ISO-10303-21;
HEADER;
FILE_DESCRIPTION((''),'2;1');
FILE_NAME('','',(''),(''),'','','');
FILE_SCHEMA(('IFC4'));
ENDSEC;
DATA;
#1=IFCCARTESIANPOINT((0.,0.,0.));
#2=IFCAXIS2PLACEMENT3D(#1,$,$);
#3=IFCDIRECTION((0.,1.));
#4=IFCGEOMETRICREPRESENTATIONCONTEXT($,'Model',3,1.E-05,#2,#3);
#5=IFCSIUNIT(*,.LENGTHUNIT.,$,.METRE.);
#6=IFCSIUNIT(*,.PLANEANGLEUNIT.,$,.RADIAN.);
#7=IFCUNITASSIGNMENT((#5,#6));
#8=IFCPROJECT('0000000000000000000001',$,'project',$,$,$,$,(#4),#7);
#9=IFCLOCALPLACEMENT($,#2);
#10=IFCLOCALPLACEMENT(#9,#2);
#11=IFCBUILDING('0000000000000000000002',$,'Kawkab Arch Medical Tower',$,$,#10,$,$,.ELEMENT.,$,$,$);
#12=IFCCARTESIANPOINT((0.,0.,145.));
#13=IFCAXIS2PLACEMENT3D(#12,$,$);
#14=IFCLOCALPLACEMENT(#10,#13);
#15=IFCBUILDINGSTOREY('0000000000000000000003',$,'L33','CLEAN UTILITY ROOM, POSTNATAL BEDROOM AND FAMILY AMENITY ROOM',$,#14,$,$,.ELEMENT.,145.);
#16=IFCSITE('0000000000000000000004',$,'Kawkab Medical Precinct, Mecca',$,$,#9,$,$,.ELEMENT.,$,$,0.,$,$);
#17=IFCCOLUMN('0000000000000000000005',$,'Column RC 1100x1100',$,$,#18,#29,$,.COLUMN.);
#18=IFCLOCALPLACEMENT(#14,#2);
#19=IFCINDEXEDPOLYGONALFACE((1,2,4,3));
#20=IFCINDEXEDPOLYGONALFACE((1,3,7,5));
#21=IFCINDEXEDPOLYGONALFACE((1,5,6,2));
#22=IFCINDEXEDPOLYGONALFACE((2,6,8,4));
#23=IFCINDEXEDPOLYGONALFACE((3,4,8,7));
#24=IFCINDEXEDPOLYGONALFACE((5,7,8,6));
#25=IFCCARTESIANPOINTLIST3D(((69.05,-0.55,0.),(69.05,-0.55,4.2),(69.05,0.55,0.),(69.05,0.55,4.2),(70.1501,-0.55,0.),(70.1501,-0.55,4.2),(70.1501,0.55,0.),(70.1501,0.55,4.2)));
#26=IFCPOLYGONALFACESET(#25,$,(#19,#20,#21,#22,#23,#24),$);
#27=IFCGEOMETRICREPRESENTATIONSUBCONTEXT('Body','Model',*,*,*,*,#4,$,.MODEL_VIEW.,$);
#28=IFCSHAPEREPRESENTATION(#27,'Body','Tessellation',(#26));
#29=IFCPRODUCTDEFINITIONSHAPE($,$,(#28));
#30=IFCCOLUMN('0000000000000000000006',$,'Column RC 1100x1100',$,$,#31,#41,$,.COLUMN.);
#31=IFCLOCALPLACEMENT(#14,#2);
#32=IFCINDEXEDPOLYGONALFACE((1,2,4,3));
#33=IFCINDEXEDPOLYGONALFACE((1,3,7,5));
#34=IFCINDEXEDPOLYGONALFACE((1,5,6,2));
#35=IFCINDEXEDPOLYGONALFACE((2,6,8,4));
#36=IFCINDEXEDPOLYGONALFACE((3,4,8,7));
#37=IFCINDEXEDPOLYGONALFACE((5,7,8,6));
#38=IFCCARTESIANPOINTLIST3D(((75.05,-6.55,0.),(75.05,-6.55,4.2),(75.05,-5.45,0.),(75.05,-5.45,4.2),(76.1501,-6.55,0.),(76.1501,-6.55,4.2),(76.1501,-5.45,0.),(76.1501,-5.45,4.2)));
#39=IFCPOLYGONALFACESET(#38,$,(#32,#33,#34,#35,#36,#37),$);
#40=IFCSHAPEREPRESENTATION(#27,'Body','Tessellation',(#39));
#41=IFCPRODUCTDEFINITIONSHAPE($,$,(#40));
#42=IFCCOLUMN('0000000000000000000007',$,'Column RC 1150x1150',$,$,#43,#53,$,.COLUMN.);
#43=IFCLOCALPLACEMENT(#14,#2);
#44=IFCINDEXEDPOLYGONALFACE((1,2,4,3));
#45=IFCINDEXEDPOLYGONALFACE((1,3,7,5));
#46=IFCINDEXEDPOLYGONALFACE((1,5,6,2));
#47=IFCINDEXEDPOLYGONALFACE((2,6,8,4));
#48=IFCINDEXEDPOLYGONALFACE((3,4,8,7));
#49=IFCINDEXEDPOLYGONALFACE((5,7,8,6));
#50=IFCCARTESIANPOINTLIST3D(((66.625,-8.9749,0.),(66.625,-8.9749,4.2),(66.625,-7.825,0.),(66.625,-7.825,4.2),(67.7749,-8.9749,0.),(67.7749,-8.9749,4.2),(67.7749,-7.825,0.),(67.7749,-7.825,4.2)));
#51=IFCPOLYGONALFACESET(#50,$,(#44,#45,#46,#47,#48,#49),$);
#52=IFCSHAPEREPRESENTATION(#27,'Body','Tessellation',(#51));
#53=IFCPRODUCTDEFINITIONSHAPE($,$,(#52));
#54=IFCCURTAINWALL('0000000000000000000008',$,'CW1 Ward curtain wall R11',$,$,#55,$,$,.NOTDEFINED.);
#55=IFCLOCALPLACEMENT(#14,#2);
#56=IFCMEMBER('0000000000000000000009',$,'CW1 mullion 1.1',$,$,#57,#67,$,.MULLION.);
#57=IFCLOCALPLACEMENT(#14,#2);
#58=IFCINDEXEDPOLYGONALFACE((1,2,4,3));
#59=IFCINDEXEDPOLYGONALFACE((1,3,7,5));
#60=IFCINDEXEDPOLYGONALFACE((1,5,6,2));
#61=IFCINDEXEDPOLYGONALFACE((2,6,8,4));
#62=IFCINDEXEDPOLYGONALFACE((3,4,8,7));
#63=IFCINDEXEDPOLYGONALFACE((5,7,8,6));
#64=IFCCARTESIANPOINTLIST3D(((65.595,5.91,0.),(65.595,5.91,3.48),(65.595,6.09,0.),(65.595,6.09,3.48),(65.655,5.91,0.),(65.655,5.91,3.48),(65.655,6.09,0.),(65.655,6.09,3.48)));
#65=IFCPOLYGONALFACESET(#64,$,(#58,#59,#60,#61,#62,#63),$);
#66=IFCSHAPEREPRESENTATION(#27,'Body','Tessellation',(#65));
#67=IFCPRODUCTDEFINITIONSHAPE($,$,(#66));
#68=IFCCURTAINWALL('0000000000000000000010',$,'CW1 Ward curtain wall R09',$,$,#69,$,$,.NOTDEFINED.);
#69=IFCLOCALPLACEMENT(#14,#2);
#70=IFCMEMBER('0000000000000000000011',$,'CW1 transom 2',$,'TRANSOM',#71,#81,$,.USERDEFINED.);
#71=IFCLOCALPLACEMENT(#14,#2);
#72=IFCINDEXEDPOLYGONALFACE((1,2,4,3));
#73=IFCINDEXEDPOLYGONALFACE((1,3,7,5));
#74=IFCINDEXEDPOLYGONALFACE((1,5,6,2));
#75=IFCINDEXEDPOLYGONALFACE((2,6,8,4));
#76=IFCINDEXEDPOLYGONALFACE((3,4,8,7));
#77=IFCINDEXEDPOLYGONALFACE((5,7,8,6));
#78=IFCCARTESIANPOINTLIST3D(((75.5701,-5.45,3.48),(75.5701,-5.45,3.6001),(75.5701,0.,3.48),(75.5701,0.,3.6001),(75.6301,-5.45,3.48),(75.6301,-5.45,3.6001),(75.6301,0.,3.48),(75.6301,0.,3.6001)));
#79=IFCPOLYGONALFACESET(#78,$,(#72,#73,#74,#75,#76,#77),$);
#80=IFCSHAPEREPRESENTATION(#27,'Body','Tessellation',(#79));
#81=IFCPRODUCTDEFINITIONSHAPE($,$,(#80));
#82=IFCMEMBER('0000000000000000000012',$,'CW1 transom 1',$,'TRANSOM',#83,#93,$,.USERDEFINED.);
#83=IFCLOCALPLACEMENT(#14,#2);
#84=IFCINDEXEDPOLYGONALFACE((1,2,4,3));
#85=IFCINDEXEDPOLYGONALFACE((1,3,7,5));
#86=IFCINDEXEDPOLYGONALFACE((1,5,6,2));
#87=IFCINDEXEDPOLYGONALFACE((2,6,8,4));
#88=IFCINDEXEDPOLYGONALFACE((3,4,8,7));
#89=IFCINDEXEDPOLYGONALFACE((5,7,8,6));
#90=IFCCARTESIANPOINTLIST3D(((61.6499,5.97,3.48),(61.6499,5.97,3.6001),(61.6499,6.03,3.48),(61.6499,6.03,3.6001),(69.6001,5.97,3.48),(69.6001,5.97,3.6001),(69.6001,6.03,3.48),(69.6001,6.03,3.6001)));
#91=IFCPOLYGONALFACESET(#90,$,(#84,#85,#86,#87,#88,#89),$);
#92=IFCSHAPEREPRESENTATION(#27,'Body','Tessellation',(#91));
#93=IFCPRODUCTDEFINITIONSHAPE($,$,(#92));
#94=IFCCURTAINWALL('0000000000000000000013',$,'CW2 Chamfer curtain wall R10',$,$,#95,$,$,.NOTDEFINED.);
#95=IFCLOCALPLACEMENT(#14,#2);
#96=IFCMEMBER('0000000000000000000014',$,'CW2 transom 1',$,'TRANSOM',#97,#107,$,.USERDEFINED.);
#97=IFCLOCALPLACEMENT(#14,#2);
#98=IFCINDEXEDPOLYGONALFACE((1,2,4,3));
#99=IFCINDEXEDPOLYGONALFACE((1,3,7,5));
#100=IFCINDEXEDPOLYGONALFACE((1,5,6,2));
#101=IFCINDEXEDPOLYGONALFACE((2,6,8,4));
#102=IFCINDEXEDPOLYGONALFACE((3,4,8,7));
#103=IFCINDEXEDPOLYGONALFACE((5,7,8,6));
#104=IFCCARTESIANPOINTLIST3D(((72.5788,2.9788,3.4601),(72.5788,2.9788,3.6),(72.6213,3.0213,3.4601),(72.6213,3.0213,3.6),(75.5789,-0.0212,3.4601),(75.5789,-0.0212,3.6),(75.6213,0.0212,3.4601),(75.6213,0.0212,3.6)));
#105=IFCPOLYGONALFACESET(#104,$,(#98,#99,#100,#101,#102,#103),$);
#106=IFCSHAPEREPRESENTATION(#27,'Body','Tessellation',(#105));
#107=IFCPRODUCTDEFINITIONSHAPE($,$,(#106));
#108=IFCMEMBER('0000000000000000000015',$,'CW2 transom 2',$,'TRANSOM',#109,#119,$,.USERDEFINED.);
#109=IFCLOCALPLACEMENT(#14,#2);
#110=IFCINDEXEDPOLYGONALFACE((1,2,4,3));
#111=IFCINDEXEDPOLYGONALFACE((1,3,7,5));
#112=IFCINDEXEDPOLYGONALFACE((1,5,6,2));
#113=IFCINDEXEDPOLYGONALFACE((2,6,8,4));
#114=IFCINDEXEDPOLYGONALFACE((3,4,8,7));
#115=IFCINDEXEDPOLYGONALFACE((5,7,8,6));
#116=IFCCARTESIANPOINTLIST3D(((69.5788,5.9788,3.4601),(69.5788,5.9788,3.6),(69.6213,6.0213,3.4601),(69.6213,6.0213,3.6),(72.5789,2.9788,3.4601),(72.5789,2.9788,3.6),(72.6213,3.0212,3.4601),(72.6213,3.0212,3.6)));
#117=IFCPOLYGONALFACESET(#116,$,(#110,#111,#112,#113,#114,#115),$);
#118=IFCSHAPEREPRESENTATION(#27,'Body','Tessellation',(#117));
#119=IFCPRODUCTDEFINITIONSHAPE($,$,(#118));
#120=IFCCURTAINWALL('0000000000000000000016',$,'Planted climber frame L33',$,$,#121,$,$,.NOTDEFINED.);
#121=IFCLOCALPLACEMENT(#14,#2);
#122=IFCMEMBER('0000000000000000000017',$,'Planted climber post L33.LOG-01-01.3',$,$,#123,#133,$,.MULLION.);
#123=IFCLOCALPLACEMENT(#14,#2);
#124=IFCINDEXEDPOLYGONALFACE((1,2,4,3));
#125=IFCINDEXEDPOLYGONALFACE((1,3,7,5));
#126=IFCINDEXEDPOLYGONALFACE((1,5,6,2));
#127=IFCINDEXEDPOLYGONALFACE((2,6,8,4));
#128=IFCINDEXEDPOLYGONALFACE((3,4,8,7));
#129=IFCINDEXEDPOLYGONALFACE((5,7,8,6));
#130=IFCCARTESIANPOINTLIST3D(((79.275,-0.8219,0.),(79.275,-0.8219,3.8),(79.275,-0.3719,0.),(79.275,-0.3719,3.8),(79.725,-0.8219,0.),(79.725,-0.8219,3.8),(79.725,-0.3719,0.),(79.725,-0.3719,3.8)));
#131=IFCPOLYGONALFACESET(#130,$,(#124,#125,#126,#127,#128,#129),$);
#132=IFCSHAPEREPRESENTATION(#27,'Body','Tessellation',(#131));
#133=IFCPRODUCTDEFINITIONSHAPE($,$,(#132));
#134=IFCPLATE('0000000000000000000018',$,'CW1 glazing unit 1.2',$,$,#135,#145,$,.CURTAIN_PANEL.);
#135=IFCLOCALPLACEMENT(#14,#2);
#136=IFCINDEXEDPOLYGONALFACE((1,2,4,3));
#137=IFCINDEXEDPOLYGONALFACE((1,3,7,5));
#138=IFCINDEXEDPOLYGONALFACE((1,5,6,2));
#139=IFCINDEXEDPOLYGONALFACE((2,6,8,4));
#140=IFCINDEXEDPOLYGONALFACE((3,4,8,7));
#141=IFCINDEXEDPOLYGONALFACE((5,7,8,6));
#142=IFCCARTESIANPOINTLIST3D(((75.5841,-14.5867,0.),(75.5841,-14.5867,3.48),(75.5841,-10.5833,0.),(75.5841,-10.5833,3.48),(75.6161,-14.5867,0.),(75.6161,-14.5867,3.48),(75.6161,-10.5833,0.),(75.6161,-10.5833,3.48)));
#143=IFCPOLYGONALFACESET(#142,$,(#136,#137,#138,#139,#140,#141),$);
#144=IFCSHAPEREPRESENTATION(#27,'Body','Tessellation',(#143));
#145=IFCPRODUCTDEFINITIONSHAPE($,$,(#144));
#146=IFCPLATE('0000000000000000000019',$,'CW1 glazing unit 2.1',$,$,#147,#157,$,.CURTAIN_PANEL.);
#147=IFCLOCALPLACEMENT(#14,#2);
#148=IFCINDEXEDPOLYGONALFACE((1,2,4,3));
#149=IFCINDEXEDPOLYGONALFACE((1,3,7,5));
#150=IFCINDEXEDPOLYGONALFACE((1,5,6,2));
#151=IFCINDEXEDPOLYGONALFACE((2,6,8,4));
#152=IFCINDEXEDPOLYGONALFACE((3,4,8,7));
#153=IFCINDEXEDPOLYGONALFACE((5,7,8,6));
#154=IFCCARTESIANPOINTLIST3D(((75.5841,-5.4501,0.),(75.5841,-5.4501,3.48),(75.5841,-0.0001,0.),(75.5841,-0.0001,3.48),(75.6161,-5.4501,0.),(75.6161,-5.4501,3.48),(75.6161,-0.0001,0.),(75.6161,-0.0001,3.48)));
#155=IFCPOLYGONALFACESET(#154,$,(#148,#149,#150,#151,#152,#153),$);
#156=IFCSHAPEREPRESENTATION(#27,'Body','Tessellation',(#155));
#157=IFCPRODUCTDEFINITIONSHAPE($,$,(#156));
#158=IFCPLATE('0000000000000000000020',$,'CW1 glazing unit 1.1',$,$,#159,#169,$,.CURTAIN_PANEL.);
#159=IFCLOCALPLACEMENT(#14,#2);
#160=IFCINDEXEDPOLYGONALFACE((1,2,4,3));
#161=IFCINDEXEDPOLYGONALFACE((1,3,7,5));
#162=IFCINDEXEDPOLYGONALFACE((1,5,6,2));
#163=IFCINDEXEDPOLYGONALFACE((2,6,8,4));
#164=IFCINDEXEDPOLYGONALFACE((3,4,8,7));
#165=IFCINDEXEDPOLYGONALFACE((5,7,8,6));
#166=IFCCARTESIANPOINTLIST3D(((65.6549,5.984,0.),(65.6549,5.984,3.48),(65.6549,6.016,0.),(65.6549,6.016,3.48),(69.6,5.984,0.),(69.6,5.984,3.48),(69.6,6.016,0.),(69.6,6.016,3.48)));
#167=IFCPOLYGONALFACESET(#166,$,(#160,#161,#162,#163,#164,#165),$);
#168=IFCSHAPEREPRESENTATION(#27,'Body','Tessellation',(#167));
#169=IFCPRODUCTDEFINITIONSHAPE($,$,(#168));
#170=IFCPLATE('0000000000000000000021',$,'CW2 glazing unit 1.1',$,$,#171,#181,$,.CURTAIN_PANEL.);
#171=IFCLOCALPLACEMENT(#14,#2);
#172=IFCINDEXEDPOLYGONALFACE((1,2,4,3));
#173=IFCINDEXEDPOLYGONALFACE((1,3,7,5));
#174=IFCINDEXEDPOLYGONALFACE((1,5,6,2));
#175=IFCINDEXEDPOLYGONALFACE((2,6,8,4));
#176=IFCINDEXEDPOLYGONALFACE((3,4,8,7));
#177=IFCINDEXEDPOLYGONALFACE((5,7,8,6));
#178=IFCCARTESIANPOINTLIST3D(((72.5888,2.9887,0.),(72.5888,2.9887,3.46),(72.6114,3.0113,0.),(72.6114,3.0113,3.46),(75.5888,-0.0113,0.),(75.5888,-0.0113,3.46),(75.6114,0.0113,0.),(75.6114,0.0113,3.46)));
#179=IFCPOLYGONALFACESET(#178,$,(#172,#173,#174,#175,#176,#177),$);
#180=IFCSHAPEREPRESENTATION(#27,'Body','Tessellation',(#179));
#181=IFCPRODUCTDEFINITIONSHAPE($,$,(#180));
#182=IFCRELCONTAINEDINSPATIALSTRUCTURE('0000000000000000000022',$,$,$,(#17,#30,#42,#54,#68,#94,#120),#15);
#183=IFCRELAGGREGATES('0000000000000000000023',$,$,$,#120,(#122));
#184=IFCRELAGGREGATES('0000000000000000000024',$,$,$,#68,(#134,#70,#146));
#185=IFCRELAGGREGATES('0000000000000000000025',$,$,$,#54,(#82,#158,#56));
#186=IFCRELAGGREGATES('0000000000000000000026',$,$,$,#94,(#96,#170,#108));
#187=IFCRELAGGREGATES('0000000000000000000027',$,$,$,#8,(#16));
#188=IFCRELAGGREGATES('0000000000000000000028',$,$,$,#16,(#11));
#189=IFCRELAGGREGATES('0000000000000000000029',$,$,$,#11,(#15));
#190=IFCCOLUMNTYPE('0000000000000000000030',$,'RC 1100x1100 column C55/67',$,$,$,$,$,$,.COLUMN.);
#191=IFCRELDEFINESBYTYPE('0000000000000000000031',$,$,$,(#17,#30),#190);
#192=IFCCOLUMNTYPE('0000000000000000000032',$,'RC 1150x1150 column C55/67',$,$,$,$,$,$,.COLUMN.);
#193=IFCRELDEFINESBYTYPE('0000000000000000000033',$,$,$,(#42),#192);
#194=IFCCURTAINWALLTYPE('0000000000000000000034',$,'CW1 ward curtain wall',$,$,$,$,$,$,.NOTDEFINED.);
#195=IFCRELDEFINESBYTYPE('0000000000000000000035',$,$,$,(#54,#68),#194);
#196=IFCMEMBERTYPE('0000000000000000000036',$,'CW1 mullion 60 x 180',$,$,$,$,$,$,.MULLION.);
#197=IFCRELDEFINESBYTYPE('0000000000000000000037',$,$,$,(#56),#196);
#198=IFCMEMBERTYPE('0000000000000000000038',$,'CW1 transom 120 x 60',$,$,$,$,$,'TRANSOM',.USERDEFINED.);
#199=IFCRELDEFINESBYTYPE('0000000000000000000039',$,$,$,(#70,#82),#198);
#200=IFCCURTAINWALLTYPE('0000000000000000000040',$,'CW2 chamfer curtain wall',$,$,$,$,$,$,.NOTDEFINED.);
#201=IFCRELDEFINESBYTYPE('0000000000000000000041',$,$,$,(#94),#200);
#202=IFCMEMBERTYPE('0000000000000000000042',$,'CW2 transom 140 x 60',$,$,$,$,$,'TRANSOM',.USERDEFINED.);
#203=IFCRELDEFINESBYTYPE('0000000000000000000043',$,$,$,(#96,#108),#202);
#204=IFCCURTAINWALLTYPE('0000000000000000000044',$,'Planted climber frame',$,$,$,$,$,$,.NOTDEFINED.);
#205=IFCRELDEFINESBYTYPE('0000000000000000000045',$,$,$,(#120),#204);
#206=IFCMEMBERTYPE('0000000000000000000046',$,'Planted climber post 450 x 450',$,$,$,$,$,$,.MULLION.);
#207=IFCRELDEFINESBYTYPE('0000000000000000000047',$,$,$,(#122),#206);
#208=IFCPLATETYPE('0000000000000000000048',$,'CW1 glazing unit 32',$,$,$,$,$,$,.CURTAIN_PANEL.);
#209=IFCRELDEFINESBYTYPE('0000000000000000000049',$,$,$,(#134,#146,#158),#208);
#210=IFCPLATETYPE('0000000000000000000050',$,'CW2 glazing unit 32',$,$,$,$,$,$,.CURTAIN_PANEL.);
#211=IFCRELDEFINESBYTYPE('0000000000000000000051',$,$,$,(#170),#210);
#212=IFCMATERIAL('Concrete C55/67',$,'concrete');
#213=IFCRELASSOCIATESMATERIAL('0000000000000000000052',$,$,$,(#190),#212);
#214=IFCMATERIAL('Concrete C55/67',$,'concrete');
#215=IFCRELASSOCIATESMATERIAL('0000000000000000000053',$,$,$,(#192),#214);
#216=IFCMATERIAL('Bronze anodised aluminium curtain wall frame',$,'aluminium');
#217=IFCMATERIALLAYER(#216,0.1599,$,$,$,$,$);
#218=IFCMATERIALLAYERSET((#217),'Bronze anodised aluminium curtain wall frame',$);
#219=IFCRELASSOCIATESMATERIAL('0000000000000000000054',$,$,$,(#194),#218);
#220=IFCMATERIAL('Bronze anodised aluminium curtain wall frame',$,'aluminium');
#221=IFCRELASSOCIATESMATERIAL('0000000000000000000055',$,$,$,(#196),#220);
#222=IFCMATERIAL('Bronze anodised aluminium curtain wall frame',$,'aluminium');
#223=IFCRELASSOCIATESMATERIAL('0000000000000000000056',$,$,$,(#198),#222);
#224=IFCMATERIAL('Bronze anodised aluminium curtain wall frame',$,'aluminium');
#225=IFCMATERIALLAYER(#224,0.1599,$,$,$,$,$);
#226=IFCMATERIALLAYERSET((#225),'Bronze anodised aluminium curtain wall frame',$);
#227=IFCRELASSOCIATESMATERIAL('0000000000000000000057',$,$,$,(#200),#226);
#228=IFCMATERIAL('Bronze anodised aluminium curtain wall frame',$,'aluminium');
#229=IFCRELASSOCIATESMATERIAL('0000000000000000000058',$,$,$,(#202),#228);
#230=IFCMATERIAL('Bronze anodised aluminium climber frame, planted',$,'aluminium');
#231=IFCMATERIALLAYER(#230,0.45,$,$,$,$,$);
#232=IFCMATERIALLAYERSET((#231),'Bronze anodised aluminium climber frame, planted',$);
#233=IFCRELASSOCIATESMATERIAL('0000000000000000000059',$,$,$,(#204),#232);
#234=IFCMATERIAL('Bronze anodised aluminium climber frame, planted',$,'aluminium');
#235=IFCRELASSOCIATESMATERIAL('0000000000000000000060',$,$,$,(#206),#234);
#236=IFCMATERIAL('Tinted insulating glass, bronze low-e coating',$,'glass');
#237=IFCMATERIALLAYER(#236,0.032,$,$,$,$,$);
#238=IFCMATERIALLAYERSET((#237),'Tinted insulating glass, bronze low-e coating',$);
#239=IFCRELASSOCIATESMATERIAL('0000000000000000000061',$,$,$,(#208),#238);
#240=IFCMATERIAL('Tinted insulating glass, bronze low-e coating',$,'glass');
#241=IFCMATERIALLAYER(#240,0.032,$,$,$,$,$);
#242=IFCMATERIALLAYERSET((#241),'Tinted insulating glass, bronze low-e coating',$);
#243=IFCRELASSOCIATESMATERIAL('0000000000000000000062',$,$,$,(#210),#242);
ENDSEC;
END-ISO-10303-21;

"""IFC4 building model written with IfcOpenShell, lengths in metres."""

from ifc_helpers import new_model, si_unit, direction, frame, origin, origin_2d, place, context, subcontext, project, spatial, rectangle, extrude, material, layer, layer_set, material_profile, profile_set, type_object, element, aggregate, save


model = new_model("IFC4")

# Units and contexts
model_context = context("Model", 3, precision=1e-05, world=origin(), true_north=direction((0.0, 1.0)))
body_context = subcontext(model_context, "Body", "Model", "MODEL_VIEW")
ifc_project = project(units=[si_unit("LENGTHUNIT", "METRE"), si_unit("PLANEANGLEUNIT", "RADIAN")], contexts=[model_context])

# Site, building, storey
site_placement = place(None, origin())
site = spatial("IfcSite", under=ifc_project, at=site_placement, Name="Kawkab Medical Precinct, Mecca", CompositionType="ELEMENT", RefElevation=0.0)
building_placement = place(site_placement, origin())
building = spatial("IfcBuilding", under=site, at=building_placement, Name="Kawkab Arch Medical Tower", CompositionType="ELEMENT")
storey_placement = place(building_placement, frame((0.0, 0.0, 145.0)))
storey = spatial("IfcBuildingStorey", under=building, at=storey_placement, Name="L33", Description="CLEAN UTILITY ROOM, POSTNATAL BEDROOM AND FAMILY AMENITY ROOM", CompositionType="ELEMENT", Elevation=145.0)

# Columns
ifc_material_1 = material(Name="Concrete C55/67", Category="concrete")
ifc_material_profile_1 = material_profile(ifc_material_1, rectangle(XDim=1.1001, YDim=1.1001, at=origin_2d()), Name="RC 1100x1100")
ifc_profile_set_1 = profile_set([ifc_material_profile_1], Name="Concrete C55/67")
column_type_1 = type_object("IfcColumnType", Name="RC 1100x1100 column C55/67", PredefinedType="COLUMN", material=ifc_profile_set_1)
for number, where, z_axis, x_axis, name in (
    (1, (69.6001, 0.0, 0.0), (0.0, 0.0, 1.0), (1.0, 0.0, 0.0), "Column RC 1100x1100"),
    (2, (75.6001, -6.0, 0.0), (0.0, 0.0, 1.0), (1.0, 0.0, 0.0), "Column RC 1100x1100"),
):
    element("IfcColumn", number, at=place(storey_placement, frame(where, z_axis=z_axis, x_axis=x_axis)), inside=storey, type_object=column_type_1, Name=name, PredefinedType="COLUMN", context=body_context, shape_type="SweptSolid", body=[
        extrude(rectangle(XDim=1.1001, YDim=1.1001, at=origin_2d()), origin(), (0.0, 0.0, 1.0), 4.2),
    ])
ifc_material_2 = material(Name="Concrete C55/67", Category="concrete")
ifc_material_profile_2 = material_profile(ifc_material_2, rectangle(XDim=1.1499, YDim=1.1499, at=origin_2d()), Name="RC 1150x1150")
ifc_profile_set_2 = profile_set([ifc_material_profile_2], Name="Concrete C55/67")
column_type_2 = type_object("IfcColumnType", Name="RC 1150x1150 column C55/67", PredefinedType="COLUMN", material=ifc_profile_set_2)
column_placement = place(storey_placement, frame((67.2, -8.3999, 0.0), z_axis=(0.0, 0.0, 1.0), x_axis=(1.0, 0.0, 0.0)))
element("IfcColumn", 3, at=column_placement, inside=storey, type_object=column_type_2, Name="Column RC 1150x1150", PredefinedType="COLUMN", context=body_context, shape_type="SweptSolid", body=[
    extrude(rectangle(XDim=1.1499, YDim=1.1499, at=origin_2d()), origin(), (0.0, 0.0, 1.0), 4.2),
])

# Curtain walls, members
ifc_material_3 = material(Name="Bronze anodised aluminium curtain wall frame", Category="aluminium")
ifc_layer_1 = layer(ifc_material_3, 0.1599)
ifc_layer_set_1 = layer_set([ifc_layer_1], Name="Bronze anodised aluminium curtain wall frame")
curtain_wall_type_1 = type_object("IfcCurtainWallType", Name="CW1 ward curtain wall", PredefinedType="NOTDEFINED", material=ifc_layer_set_1)
placement = place(storey_placement, origin())
curtain_wall_1 = element("IfcCurtainWall", 4, at=placement, inside=storey, type_object=curtain_wall_type_1, Name="CW1 Ward curtain wall R11", PredefinedType="NOTDEFINED")
ifc_material_4 = material(Name="Bronze anodised aluminium curtain wall frame", Category="aluminium")
ifc_material_profile_3 = material_profile(ifc_material_4, rectangle(XDim=0.1799, YDim=0.0601, at=origin_2d()), Name="AL 60x180")
ifc_profile_set_3 = profile_set([ifc_material_profile_3], Name="Bronze anodised aluminium curtain wall frame")
member_type_1 = type_object("IfcMemberType", Name="CW1 mullion 60 x 180", PredefinedType="MULLION", material=ifc_profile_set_3)
member_1_placement = place(storey_placement, frame((65.625, 6.0, 0.0), z_axis=(0.0, 0.0, 1.0), x_axis=(0.0, -1.0, 0.0)))
member_1 = element("IfcMember", 5, at=member_1_placement, type_object=member_type_1, Name="CW1 mullion 1.1", PredefinedType="MULLION", context=body_context, shape_type="SweptSolid", body=[
    extrude(rectangle(XDim=0.1799, YDim=0.0601, at=origin_2d()), origin(), (0.0, 0.0, 1.0), 3.48),
])
curtain_wall_2 = element("IfcCurtainWall", 6, at=placement, inside=storey, type_object=curtain_wall_type_1, Name="CW1 Ward curtain wall R09", PredefinedType="NOTDEFINED")
ifc_material_5 = material(Name="Bronze anodised aluminium curtain wall frame", Category="aluminium")
ifc_material_profile_4 = material_profile(ifc_material_5, rectangle(XDim=0.0601, YDim=0.1201, at=origin_2d()), Name="AL 60x120")
ifc_profile_set_4 = profile_set([ifc_material_profile_4], Name="Bronze anodised aluminium curtain wall frame")
member_type_2 = type_object("IfcMemberType", Name="CW1 transom 120 x 60", ElementType="TRANSOM", PredefinedType="USERDEFINED", material=ifc_profile_set_4)
member_2_placement = place(storey_placement, frame((75.6001, -5.45, 3.54), z_axis=(0.0, 1.0, 0.0), x_axis=(-1.0, 0.0, 0.0)))
member_2 = element("IfcMember", 7, at=member_2_placement, type_object=member_type_2, Name="CW1 transom 2", ObjectType="TRANSOM", PredefinedType="USERDEFINED", context=body_context, shape_type="SweptSolid", body=[
    extrude(rectangle(XDim=0.0601, YDim=0.1201, at=origin_2d()), origin(), (0.0, 0.0, 1.0), 5.45),
])

# Member
member_3_placement = place(storey_placement, frame((69.6001, 6.0, 3.54), z_axis=(-1.0, 0.0, 0.0), x_axis=(0.0, -1.0, 0.0)))
member_3 = element("IfcMember", 8, at=member_3_placement, type_object=member_type_2, Name="CW1 transom 1", ObjectType="TRANSOM", PredefinedType="USERDEFINED", context=body_context, shape_type="SweptSolid", body=[
    extrude(rectangle(XDim=0.0601, YDim=0.1201, at=origin_2d()), origin(), (0.0, 0.0, 1.0), 7.9502),
])

# Curtain wall, members
ifc_material_6 = material(Name="Bronze anodised aluminium curtain wall frame", Category="aluminium")
ifc_layer_2 = layer(ifc_material_6, 0.1599)
ifc_layer_set_2 = layer_set([ifc_layer_2], Name="Bronze anodised aluminium curtain wall frame")
curtain_wall_type_2 = type_object("IfcCurtainWallType", Name="CW2 chamfer curtain wall", PredefinedType="NOTDEFINED", material=ifc_layer_set_2)
curtain_wall_3 = element("IfcCurtainWall", 9, at=placement, inside=storey, type_object=curtain_wall_type_2, Name="CW2 Chamfer curtain wall R10", PredefinedType="NOTDEFINED")
ifc_material_7 = material(Name="Bronze anodised aluminium curtain wall frame", Category="aluminium")
ifc_material_profile_5 = material_profile(ifc_material_7, rectangle(XDim=0.0601, YDim=0.1399, at=origin_2d()), Name="AL 60x140")
ifc_profile_set_5 = profile_set([ifc_material_profile_5], Name="Bronze anodised aluminium curtain wall frame")
member_type_3 = type_object("IfcMemberType", Name="CW2 transom 140 x 60", ElementType="TRANSOM", PredefinedType="USERDEFINED", material=ifc_profile_set_5)
member_4_placement = place(storey_placement, frame((75.6001, 0.0, 3.53), z_axis=(-0.707107, 0.707107, 0.0), x_axis=(-0.707107, -0.707107, 0.0)))
member_4 = element("IfcMember", 10, at=member_4_placement, type_object=member_type_3, Name="CW2 transom 1", ObjectType="TRANSOM", PredefinedType="USERDEFINED", context=body_context, shape_type="SweptSolid", body=[
    extrude(rectangle(XDim=0.0601, YDim=0.1399, at=origin_2d()), origin(), (0.0, 0.0, 1.0), 4.2427),
])
member_5_placement = place(storey_placement, frame((72.6001, 3.0, 3.53), z_axis=(-0.707107, 0.707107, 0.0), x_axis=(-0.707107, -0.707107, 0.0)))
member_5 = element("IfcMember", 11, at=member_5_placement, type_object=member_type_3, Name="CW2 transom 2", ObjectType="TRANSOM", PredefinedType="USERDEFINED", context=body_context, shape_type="SweptSolid", body=[
    extrude(rectangle(XDim=0.0601, YDim=0.1399, at=origin_2d()), origin(), (0.0, 0.0, 1.0), 4.2427),
])

# Curtain wall, member
ifc_material_8 = material(Name="Bronze anodised aluminium climber frame, planted", Category="aluminium")
ifc_layer_3 = layer(ifc_material_8, 0.45)
ifc_layer_set_3 = layer_set([ifc_layer_3], Name="Bronze anodised aluminium climber frame, planted")
curtain_wall_type_3 = type_object("IfcCurtainWallType", Name="Planted climber frame", PredefinedType="NOTDEFINED", material=ifc_layer_set_3)
curtain_wall_4 = element("IfcCurtainWall", 12, at=placement, inside=storey, type_object=curtain_wall_type_3, Name="Planted climber frame L33", PredefinedType="NOTDEFINED")
ifc_material_9 = material(Name="Bronze anodised aluminium climber frame, planted", Category="aluminium")
ifc_material_profile_6 = material_profile(ifc_material_9, rectangle(XDim=0.45, YDim=0.45, at=origin_2d()), Name="Post 450x450")
ifc_profile_set_6 = profile_set([ifc_material_profile_6], Name="Bronze anodised aluminium climber frame, planted")
member_type_4 = type_object("IfcMemberType", Name="Planted climber post 450 x 450", PredefinedType="MULLION", material=ifc_profile_set_6)
member_6_placement = place(storey_placement, frame((79.5, -0.5969, 0.0), z_axis=(0.0, 0.0, 1.0), x_axis=(1.0, 0.0, 0.0)))
member_6 = element("IfcMember", 13, at=member_6_placement, type_object=member_type_4, Name="Planted climber post L33.LOG-01-01.3", PredefinedType="MULLION", context=body_context, shape_type="SweptSolid", body=[
    extrude(rectangle(XDim=0.45, YDim=0.45, at=origin_2d()), origin(), (0.0, 0.0, 1.0), 3.8),
])
aggregate(curtain_wall_4, [member_6])

# Plates
ifc_material_10 = material(Name="Tinted insulating glass, bronze low-e coating", Category="glass")
ifc_layer_4 = layer(ifc_material_10, 0.032)
ifc_layer_set_4 = layer_set([ifc_layer_4], Name="Tinted insulating glass, bronze low-e coating")
plate_type_1 = type_object("IfcPlateType", Name="CW1 glazing unit 32", PredefinedType="CURTAIN_PANEL", material=ifc_layer_set_4)
plate_1_placement = place(storey_placement, frame((75.6001, -12.585, 0.0), z_axis=(0.0, 0.0, 1.0), x_axis=(0.0, 1.0, 0.0)))
plate_1 = element("IfcPlate", 14, at=plate_1_placement, type_object=plate_type_1, Name="CW1 glazing unit 1.2", PredefinedType="CURTAIN_PANEL", context=body_context, shape_type="SweptSolid", body=[
    extrude(rectangle(XDim=4.0034, YDim=0.032, at=origin_2d()), origin(), (0.0, 0.0, 1.0), 3.48),
])
plate_2_placement = place(storey_placement, frame((75.6001, -2.7251, 0.0), z_axis=(0.0, 0.0, 1.0), x_axis=(0.0, 1.0, 0.0)))
plate_2 = element("IfcPlate", 15, at=plate_2_placement, type_object=plate_type_1, Name="CW1 glazing unit 2.1", PredefinedType="CURTAIN_PANEL", context=body_context, shape_type="SweptSolid", body=[
    extrude(rectangle(XDim=5.45, YDim=0.032, at=origin_2d()), origin(), (0.0, 0.0, 1.0), 3.48),
])
aggregate(curtain_wall_2, [plate_1, member_2, plate_2])
plate_3_placement = place(storey_placement, frame((67.6274, 6.0, 0.0), z_axis=(0.0, 0.0, 1.0), x_axis=(-1.0, 0.0, 0.0)))
plate_3 = element("IfcPlate", 16, at=plate_3_placement, type_object=plate_type_1, Name="CW1 glazing unit 1.1", PredefinedType="CURTAIN_PANEL", context=body_context, shape_type="SweptSolid", body=[
    extrude(rectangle(XDim=3.9451, YDim=0.032, at=origin_2d()), origin(), (0.0, 0.0, 1.0), 3.48),
])
aggregate(curtain_wall_1, [member_3, plate_3, member_1])
ifc_material_11 = material(Name="Tinted insulating glass, bronze low-e coating", Category="glass")
ifc_layer_5 = layer(ifc_material_11, 0.032)
ifc_layer_set_5 = layer_set([ifc_layer_5], Name="Tinted insulating glass, bronze low-e coating")
plate_type_2 = type_object("IfcPlateType", Name="CW2 glazing unit 32", PredefinedType="CURTAIN_PANEL", material=ifc_layer_set_5)
plate_4_placement = place(storey_placement, frame((74.1001, 1.5, 0.0), z_axis=(0.0, 0.0, 1.0), x_axis=(-0.707107, 0.707107, 0.0)))
plate_4 = element("IfcPlate", 17, at=plate_4_placement, type_object=plate_type_2, Name="CW2 glazing unit 1.1", PredefinedType="CURTAIN_PANEL", context=body_context, shape_type="SweptSolid", body=[
    extrude(rectangle(XDim=4.2427, YDim=0.032, at=origin_2d()), origin(), (0.0, 0.0, 1.0), 3.46),
])
aggregate(curtain_wall_3, [member_4, plate_4, member_5])

save(model, "model.ifc")
